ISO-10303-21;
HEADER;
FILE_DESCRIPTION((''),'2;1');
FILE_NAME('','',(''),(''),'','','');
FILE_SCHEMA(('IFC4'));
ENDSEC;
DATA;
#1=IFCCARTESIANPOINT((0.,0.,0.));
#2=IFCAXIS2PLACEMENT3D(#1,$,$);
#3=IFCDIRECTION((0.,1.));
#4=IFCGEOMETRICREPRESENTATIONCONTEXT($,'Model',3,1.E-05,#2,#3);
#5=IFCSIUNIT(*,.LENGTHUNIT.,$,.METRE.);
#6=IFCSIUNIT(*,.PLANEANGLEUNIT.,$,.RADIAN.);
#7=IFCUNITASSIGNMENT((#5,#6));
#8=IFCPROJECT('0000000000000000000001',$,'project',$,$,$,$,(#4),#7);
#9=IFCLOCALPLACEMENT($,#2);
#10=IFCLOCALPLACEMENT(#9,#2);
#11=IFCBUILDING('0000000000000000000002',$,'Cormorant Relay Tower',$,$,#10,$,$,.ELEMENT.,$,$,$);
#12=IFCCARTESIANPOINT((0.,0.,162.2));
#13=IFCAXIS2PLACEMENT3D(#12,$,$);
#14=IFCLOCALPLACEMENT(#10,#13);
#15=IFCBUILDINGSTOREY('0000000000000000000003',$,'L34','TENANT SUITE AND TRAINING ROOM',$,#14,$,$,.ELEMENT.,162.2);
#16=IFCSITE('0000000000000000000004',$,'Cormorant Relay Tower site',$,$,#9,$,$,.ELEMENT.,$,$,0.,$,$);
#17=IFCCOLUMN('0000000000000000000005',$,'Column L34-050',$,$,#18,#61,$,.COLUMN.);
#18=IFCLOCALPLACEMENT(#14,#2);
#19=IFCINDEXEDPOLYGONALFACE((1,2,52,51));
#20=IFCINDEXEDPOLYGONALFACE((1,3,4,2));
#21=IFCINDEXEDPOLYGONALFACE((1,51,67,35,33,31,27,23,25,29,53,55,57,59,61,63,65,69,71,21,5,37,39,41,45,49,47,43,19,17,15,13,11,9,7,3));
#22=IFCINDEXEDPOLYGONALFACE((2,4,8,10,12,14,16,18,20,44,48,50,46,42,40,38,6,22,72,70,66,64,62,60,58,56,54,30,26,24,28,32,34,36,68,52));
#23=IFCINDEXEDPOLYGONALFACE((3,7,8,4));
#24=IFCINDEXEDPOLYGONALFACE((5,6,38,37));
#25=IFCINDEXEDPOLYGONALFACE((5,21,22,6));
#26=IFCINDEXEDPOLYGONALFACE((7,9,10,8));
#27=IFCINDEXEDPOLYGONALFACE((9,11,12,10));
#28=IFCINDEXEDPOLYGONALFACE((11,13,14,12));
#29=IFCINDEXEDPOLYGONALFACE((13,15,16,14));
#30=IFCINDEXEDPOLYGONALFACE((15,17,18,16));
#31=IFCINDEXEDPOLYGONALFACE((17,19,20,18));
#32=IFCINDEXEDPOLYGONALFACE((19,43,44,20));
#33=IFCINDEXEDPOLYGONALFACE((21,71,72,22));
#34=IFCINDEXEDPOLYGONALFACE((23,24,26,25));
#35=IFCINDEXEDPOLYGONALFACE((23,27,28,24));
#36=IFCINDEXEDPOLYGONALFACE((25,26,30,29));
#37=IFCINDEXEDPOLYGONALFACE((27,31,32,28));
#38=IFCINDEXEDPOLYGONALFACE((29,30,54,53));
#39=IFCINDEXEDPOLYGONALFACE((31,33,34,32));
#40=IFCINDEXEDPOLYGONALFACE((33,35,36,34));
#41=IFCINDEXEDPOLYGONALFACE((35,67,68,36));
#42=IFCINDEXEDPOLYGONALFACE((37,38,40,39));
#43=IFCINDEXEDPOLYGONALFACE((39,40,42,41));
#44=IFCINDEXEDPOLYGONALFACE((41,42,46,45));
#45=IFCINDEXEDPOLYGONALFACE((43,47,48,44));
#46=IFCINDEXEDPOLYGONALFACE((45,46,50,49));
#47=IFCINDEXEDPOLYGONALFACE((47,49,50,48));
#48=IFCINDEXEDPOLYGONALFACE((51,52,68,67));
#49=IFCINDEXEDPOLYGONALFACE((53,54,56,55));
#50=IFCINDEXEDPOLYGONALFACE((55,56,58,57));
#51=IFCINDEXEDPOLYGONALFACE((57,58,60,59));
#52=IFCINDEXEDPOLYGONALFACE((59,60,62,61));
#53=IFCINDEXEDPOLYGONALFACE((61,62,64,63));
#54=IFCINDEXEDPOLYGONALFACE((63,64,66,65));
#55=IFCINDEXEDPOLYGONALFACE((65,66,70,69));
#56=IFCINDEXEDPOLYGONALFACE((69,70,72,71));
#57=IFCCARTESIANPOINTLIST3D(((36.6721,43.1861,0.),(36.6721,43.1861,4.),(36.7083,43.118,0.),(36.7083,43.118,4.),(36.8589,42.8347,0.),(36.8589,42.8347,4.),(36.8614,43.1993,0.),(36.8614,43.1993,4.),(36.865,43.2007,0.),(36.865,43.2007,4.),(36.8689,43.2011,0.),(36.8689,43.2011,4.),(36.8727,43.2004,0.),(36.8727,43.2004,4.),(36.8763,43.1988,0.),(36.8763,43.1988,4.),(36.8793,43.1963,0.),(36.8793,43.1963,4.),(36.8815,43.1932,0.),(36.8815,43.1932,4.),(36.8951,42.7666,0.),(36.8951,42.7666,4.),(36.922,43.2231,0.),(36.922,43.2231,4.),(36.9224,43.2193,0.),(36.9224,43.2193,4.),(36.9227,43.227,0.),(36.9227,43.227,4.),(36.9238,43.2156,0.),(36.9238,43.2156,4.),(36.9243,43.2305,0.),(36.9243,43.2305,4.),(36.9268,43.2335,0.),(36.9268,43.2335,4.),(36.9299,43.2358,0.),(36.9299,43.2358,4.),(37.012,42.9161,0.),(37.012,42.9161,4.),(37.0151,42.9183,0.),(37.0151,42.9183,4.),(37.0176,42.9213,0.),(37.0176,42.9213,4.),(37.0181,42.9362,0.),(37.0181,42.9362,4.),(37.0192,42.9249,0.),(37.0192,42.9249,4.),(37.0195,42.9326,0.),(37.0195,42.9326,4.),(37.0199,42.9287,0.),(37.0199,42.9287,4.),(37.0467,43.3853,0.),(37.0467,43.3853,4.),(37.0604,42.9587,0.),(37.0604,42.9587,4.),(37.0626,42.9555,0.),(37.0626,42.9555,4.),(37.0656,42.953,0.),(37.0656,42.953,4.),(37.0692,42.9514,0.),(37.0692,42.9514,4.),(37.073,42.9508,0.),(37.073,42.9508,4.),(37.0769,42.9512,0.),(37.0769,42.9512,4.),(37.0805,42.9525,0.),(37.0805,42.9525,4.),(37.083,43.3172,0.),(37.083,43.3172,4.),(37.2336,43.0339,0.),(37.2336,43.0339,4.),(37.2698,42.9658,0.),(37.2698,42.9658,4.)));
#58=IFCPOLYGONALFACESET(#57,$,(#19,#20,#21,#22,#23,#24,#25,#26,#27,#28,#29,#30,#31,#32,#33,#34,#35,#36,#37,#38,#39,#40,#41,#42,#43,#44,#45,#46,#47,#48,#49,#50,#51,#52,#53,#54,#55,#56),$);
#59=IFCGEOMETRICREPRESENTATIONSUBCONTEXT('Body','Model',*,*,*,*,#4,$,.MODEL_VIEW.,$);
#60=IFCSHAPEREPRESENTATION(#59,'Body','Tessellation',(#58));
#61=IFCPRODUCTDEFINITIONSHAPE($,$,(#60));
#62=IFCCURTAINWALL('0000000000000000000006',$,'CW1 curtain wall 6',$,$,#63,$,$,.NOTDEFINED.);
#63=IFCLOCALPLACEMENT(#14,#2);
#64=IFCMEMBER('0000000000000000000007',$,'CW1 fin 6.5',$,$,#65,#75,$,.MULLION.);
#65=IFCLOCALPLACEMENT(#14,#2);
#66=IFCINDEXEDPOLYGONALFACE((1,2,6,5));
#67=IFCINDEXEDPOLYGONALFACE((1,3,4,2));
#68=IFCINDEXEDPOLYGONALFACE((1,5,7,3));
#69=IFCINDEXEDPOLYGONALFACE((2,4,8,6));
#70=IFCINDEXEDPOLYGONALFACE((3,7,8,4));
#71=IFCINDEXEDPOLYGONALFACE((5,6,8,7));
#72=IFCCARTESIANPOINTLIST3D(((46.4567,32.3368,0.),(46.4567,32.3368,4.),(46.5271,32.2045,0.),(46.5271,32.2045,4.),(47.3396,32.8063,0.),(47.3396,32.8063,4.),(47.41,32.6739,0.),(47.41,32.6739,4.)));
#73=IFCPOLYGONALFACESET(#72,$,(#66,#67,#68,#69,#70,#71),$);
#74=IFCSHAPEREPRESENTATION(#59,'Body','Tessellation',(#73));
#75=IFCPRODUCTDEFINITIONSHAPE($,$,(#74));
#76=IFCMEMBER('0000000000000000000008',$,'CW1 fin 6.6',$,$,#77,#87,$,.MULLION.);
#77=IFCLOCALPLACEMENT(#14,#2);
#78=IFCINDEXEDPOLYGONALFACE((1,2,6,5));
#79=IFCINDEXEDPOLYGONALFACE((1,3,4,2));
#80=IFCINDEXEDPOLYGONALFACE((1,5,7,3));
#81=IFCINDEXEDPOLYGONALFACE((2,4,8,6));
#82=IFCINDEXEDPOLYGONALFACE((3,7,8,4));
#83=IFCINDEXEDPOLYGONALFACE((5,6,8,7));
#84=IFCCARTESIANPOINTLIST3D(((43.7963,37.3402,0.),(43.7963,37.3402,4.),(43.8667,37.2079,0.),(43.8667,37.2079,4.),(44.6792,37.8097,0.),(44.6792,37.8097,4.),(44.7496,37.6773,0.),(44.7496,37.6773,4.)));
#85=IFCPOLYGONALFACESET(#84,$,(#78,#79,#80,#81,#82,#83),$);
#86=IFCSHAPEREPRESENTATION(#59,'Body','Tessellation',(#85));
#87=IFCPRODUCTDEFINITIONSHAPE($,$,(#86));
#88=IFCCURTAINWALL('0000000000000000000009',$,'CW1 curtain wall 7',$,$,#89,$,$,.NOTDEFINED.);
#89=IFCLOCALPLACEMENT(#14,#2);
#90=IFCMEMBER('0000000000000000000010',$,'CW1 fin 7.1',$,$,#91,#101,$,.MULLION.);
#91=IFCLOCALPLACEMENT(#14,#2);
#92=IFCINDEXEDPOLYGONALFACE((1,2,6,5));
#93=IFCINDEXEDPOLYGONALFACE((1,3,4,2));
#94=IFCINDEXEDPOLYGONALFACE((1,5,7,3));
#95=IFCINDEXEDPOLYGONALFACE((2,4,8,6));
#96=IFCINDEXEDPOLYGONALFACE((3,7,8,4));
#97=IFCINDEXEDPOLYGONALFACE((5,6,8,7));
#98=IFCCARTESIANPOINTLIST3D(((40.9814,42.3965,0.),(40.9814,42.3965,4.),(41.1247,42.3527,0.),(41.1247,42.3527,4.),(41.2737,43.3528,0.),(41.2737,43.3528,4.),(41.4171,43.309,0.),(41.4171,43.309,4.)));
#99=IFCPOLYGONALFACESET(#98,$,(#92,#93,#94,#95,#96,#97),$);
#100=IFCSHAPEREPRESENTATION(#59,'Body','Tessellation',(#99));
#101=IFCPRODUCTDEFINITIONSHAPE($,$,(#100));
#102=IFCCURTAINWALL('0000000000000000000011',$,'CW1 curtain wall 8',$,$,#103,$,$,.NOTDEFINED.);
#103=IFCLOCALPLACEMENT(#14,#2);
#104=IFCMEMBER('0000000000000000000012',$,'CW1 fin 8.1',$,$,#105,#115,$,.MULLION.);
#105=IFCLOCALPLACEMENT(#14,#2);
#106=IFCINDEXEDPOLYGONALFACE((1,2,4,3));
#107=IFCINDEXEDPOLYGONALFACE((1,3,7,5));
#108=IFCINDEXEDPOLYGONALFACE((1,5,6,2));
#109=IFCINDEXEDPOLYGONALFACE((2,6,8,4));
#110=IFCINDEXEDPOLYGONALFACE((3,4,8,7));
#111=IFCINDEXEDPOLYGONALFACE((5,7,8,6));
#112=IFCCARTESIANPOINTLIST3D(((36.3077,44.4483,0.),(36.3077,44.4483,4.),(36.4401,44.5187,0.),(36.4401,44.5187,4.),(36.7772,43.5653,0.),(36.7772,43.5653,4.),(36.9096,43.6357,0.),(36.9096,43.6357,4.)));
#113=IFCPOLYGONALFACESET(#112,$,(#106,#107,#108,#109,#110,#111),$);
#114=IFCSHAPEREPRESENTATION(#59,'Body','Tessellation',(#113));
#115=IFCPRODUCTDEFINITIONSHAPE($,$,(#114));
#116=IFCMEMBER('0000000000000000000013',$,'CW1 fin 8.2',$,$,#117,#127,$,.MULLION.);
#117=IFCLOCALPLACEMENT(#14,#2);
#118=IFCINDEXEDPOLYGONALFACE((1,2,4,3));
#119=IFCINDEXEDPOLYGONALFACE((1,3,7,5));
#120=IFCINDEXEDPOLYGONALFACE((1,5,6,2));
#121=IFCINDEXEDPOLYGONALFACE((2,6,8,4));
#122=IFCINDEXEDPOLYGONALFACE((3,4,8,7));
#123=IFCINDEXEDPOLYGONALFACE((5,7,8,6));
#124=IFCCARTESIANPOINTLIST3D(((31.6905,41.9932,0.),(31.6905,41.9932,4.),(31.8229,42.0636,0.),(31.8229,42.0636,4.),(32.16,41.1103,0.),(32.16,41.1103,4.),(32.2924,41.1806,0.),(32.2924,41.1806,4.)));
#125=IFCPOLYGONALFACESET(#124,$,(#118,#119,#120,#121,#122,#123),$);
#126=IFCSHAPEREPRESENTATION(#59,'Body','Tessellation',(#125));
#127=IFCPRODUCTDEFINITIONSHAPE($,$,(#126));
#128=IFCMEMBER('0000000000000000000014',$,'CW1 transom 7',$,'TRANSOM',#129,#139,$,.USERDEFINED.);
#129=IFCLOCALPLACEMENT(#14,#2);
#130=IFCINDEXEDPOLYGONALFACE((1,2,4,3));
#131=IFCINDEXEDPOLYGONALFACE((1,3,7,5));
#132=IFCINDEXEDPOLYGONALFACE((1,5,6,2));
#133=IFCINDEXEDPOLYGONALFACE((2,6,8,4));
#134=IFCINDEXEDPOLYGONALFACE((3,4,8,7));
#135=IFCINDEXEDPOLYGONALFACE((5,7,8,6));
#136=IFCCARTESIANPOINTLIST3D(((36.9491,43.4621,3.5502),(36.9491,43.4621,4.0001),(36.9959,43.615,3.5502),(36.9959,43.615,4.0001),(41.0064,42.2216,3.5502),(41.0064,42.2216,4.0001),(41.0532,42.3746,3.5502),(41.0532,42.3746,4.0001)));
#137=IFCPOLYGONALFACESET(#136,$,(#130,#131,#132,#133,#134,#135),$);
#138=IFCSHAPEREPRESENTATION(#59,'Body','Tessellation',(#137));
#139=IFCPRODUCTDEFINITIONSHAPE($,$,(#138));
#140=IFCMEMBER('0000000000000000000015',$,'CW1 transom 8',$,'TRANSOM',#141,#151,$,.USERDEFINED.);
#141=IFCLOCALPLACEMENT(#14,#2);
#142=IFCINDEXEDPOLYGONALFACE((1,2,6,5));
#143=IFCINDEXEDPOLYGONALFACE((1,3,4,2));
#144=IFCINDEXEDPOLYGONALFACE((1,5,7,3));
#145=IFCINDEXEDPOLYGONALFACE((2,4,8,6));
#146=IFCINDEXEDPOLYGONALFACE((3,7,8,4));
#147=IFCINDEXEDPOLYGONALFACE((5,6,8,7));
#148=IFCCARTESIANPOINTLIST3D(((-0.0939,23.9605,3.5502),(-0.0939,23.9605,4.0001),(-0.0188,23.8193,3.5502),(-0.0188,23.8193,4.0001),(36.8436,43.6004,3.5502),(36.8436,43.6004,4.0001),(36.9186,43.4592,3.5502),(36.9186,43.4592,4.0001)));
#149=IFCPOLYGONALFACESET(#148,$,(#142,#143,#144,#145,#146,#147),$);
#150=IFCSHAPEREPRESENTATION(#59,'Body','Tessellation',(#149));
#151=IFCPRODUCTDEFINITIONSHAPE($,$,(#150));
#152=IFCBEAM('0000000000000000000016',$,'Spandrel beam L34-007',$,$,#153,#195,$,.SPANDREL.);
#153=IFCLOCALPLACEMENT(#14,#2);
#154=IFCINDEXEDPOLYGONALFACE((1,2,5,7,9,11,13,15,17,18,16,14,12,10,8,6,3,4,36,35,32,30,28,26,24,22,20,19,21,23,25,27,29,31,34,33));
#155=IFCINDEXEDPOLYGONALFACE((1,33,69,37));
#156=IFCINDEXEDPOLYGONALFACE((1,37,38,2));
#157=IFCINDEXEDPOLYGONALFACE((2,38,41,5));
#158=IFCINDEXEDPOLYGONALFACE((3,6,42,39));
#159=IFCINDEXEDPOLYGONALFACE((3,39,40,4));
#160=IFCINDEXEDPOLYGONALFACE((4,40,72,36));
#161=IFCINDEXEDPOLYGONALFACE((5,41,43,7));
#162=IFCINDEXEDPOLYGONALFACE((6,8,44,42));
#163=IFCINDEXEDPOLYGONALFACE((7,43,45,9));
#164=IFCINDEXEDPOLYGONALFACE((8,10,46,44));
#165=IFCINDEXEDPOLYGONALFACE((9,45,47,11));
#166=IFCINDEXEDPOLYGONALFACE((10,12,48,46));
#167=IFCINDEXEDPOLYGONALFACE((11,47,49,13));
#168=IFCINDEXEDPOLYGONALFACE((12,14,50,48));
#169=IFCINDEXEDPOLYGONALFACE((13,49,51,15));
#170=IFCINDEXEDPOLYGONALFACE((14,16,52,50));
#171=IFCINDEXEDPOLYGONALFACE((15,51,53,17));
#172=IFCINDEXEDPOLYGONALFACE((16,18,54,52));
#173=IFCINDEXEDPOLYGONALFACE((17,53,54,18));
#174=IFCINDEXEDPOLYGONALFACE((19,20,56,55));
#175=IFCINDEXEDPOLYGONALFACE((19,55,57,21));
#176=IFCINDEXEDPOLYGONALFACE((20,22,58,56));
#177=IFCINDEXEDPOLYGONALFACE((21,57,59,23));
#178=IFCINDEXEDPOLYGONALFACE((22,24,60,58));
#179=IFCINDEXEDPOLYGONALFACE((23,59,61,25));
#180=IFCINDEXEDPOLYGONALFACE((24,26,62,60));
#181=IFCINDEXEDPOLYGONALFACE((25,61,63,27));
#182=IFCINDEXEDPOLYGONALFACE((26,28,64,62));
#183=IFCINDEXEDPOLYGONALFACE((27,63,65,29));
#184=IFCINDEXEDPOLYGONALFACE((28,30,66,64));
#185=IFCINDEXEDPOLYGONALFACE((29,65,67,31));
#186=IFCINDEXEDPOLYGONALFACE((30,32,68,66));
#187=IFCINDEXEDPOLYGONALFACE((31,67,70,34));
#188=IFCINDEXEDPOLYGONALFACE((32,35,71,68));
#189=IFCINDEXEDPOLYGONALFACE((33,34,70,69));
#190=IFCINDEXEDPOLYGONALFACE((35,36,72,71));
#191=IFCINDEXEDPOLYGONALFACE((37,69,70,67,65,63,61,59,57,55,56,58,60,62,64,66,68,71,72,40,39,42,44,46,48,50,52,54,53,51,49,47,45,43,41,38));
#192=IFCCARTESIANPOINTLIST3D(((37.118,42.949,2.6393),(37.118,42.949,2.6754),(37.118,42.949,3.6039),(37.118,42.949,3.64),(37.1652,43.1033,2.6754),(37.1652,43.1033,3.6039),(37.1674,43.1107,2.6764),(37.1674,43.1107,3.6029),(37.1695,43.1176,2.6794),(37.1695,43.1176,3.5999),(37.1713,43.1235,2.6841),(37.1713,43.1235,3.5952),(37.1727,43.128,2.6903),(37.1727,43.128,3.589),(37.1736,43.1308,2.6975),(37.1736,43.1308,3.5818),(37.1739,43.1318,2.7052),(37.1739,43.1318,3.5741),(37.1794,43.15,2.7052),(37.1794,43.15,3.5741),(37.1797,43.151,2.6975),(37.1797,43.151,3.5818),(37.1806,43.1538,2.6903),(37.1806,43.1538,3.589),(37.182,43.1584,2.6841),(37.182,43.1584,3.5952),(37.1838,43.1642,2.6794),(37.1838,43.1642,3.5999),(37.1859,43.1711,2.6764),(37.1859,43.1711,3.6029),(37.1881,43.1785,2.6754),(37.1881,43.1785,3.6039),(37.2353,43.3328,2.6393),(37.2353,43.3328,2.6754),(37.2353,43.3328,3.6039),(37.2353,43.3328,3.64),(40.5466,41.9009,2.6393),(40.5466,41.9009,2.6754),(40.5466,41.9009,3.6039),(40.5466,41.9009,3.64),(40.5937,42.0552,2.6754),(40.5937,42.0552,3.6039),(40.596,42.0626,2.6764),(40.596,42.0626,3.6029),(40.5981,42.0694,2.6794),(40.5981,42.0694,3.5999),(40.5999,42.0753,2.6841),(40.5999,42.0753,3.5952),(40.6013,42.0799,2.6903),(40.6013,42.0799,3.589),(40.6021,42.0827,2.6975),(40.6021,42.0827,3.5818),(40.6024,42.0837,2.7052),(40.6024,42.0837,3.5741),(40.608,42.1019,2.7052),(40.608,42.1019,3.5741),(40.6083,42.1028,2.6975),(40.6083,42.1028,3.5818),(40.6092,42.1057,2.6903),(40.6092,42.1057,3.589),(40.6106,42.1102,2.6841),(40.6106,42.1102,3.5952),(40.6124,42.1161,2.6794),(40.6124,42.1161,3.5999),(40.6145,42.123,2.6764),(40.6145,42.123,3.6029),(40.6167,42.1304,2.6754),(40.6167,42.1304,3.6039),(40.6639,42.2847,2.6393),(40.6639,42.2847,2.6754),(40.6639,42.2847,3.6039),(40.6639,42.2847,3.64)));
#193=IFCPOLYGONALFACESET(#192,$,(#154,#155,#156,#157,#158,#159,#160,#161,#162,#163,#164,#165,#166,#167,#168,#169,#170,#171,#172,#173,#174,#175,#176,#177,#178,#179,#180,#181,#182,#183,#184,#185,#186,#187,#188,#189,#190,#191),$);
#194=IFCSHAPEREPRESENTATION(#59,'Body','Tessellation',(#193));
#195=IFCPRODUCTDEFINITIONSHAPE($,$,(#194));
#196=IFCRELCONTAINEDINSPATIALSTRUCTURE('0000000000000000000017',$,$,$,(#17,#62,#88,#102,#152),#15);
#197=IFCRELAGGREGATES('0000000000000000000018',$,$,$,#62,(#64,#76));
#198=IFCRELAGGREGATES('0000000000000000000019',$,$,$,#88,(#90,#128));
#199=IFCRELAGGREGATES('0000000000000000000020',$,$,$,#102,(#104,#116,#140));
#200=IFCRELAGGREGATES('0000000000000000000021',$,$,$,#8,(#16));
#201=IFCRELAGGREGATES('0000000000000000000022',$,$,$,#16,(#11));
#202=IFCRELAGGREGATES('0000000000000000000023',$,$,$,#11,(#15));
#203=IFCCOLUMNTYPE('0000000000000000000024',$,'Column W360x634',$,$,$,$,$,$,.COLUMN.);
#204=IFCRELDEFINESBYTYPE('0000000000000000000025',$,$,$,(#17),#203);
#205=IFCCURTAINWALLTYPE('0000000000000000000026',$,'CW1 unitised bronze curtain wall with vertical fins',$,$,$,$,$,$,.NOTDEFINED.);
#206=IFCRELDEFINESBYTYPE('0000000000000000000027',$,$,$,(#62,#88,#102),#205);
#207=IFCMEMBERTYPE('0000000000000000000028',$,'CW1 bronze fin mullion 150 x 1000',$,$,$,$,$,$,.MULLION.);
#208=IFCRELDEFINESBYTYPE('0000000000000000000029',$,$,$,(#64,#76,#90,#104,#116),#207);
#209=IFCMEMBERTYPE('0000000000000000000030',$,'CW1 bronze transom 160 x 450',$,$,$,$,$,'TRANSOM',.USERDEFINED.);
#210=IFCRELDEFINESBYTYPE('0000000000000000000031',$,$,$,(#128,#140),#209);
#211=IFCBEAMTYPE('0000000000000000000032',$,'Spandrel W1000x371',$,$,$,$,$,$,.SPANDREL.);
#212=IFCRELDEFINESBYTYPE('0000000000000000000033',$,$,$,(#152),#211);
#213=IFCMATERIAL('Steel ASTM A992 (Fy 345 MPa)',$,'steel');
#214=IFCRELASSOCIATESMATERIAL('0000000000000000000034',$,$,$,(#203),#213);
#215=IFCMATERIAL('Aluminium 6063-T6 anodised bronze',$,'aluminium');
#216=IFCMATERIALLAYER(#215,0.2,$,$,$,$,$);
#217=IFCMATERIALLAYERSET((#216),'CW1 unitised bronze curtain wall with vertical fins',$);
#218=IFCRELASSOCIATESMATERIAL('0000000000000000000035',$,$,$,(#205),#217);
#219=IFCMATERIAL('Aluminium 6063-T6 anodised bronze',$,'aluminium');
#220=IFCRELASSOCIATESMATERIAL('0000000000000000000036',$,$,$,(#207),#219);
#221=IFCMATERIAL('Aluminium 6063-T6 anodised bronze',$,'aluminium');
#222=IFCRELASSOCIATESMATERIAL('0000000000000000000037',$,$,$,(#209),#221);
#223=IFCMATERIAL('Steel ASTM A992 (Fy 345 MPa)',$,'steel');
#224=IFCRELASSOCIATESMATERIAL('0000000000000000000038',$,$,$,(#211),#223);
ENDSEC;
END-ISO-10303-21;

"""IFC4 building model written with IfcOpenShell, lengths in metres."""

from ifc_helpers import new_model, si_unit, direction, frame, origin, origin_2d, place, context, subcontext, project, spatial, rectangle, i_section, extrude, material, layer, layer_set, material_profile, profile_set, type_object, element, aggregate, save


model = new_model("IFC4")

# Units and contexts
model_context = context("Model", 3, precision=1e-05, world=origin(), true_north=direction((0.0, 1.0)))
body_context = subcontext(model_context, "Body", "Model", "MODEL_VIEW")
ifc_project = project(units=[si_unit("LENGTHUNIT", "METRE"), si_unit("PLANEANGLEUNIT", "RADIAN")], contexts=[model_context])

# Site, building, storey
site_placement = place(None, origin())
site = spatial("IfcSite", under=ifc_project, at=site_placement, Name="Cormorant Relay Tower site", CompositionType="ELEMENT", RefElevation=0.0)
building_placement = place(site_placement, origin())
building = spatial("IfcBuilding", under=site, at=building_placement, Name="Cormorant Relay Tower", CompositionType="ELEMENT")
storey_placement = place(building_placement, frame((0.0, 0.0, 162.2)))
storey = spatial("IfcBuildingStorey", under=building, at=storey_placement, Name="L34", Description="TENANT SUITE AND TRAINING ROOM", CompositionType="ELEMENT", Elevation=162.2)

# Column
ifc_material_1 = material(Name="Steel ASTM A992 (Fy 345 MPa)", Category="steel")
ifc_material_profile_1 = material_profile(ifc_material_1, i_section(OverallWidth=0.4243, OverallDepth=0.4751, WebThickness=0.0479, FlangeThickness=0.0771, FilletRadius=0.0149, at=origin_2d()), Name="W360x634")
ifc_profile_set_1 = profile_set([ifc_material_profile_1], Name="Steel ASTM A992 (Fy 345 MPa)")
column_type_1 = type_object("IfcColumnType", Name="Column W360x634", PredefinedType="COLUMN", material=ifc_profile_set_1)
for number, where, z_axis, x_axis, name in (
    (1, (36.9709, 43.0759, 0.0), (0.0, 0.0, 1.0), (-0.882948, -0.469472, 0.0), "Column L34-050"),
):
    element("IfcColumn", number, at=place(storey_placement, frame(where, z_axis=z_axis, x_axis=x_axis)), inside=storey, type_object=column_type_1, Name=name, PredefinedType="COLUMN", context=body_context, shape_type="SweptSolid", body=[
        extrude(i_section(OverallWidth=0.4243, OverallDepth=0.4751, WebThickness=0.0479, FlangeThickness=0.0771, FilletRadius=0.0149, at=origin_2d()), origin(), (0.0, 0.0, 1.0), 4.0),
    ])

# Curtain wall, members
ifc_material_2 = material(Name="Aluminium 6063-T6 anodised bronze", Category="aluminium")
ifc_layer_1 = layer(ifc_material_2, 0.2)
ifc_layer_set_1 = layer_set([ifc_layer_1], Name="CW1 unitised bronze curtain wall with vertical fins")
curtain_wall_type = type_object("IfcCurtainWallType", Name="CW1 unitised bronze curtain wall with vertical fins", PredefinedType="NOTDEFINED", material=ifc_layer_set_1)
curtain_wall_1_placement = place(storey_placement, origin())
curtain_wall_1 = element("IfcCurtainWall", 2, at=curtain_wall_1_placement, inside=storey, type_object=curtain_wall_type, Name="CW1 curtain wall 6", PredefinedType="NOTDEFINED")
ifc_material_3 = material(Name="Aluminium 6063-T6 anodised bronze", Category="aluminium")
ifc_material_profile_2 = material_profile(ifc_material_3, rectangle(XDim=0.1499, YDim=1.0, at=origin_2d()), Name="AL 150x1000")
ifc_profile_set_2 = profile_set([ifc_material_profile_2], Name="Aluminium 6063-T6 anodised bronze")
member_type_1 = type_object("IfcMemberType", Name="CW1 bronze fin mullion 150 x 1000", PredefinedType="MULLION", material=ifc_profile_set_2)
member_1_placement = place(storey_placement, frame((46.9333, 32.5054, 0.0), z_axis=(0.0, 0.0, 1.0), x_axis=(-0.469472, 0.882948, 0.0)))
member_1 = element("IfcMember", 3, at=member_1_placement, type_object=member_type_1, Name="CW1 fin 6.5", PredefinedType="MULLION", context=body_context, shape_type="SweptSolid", body=[
    extrude(rectangle(XDim=0.1499, YDim=1.0, at=origin_2d()), origin(), (0.0, 0.0, 1.0), 4.0),
])
member_2_placement = place(storey_placement, frame((44.2729, 37.5088, 0.0), z_axis=(0.0, 0.0, 1.0), x_axis=(-0.469472, 0.882948, 0.0)))
member_2 = element("IfcMember", 4, at=member_2_placement, type_object=member_type_1, Name="CW1 fin 6.6", PredefinedType="MULLION", context=body_context, shape_type="SweptSolid", body=[
    extrude(rectangle(XDim=0.1499, YDim=1.0, at=origin_2d()), origin(), (0.0, 0.0, 1.0), 4.0),
])

# Curtain wall, member
curtain_wall_2_placement = place(storey_placement, origin())
curtain_wall_2 = element("IfcCurtainWall", 5, at=curtain_wall_2_placement, inside=storey, type_object=curtain_wall_type, Name="CW1 curtain wall 7", PredefinedType="NOTDEFINED")
member_3_placement = place(storey_placement, frame((41.1992, 42.8528, 0.0), z_axis=(0.0, 0.0, 1.0), x_axis=(-0.956305, 0.292372, 0.0)))
member_3 = element("IfcMember", 6, at=member_3_placement, type_object=member_type_1, Name="CW1 fin 7.1", PredefinedType="MULLION", context=body_context, shape_type="SweptSolid", body=[
    extrude(rectangle(XDim=0.1499, YDim=1.0, at=origin_2d()), origin(), (0.0, 0.0, 1.0), 4.0),
])

# Curtain wall, members
curtain_wall_3_placement = place(storey_placement, origin())
curtain_wall_3 = element("IfcCurtainWall", 7, at=curtain_wall_3_placement, inside=storey, type_object=curtain_wall_type, Name="CW1 curtain wall 8", PredefinedType="NOTDEFINED")
member_4_placement = place(storey_placement, frame((36.6086, 44.042, 0.0), z_axis=(0.0, 0.0, 1.0), x_axis=(-0.882948, -0.469472, 0.0)))
member_4 = element("IfcMember", 8, at=member_4_placement, type_object=member_type_1, Name="CW1 fin 8.1", PredefinedType="MULLION", context=body_context, shape_type="SweptSolid", body=[
    extrude(rectangle(XDim=0.1499, YDim=1.0, at=origin_2d()), origin(), (0.0, 0.0, 1.0), 4.0),
])
member_5_placement = place(storey_placement, frame((31.9915, 41.5869, 0.0), z_axis=(0.0, 0.0, 1.0), x_axis=(-0.882948, -0.469472, 0.0)))
member_5 = element("IfcMember", 9, at=member_5_placement, type_object=member_type_1, Name="CW1 fin 8.2", PredefinedType="MULLION", context=body_context, shape_type="SweptSolid", body=[
    extrude(rectangle(XDim=0.1499, YDim=1.0, at=origin_2d()), origin(), (0.0, 0.0, 1.0), 4.0),
])

# Members
ifc_material_4 = material(Name="Aluminium 6063-T6 anodised bronze", Category="aluminium")
ifc_material_profile_3 = material_profile(ifc_material_4, rectangle(XDim=0.1599, YDim=0.45, at=origin_2d()), Name="AL 160x450")
ifc_profile_set_3 = profile_set([ifc_material_profile_3], Name="Aluminium 6063-T6 anodised bronze")
member_type_2 = type_object("IfcMemberType", Name="CW1 bronze transom 160 x 450", ElementType="TRANSOM", PredefinedType="USERDEFINED", material=ifc_profile_set_3)
member_6_placement = place(storey_placement, frame((41.0298, 42.2981, 3.7751), z_axis=(-0.956304, 0.292375, 0.0), x_axis=(-0.292375, -0.956304, 0.0)))
member_6 = element("IfcMember", 10, at=member_6_placement, type_object=member_type_2, Name="CW1 transom 7", ObjectType="TRANSOM", PredefinedType="USERDEFINED", context=body_context, shape_type="SweptSolid", body=[
    extrude(rectangle(XDim=0.1599, YDim=0.45, at=origin_2d()), origin(), (0.0, 0.0, 1.0), 4.2427),
])
member_7_placement = place(storey_placement, frame((36.8811, 43.5298, 3.7751), z_axis=(-0.882949, -0.469469, 0.0), x_axis=(0.469469, -0.882949, 0.0)))
member_7 = element("IfcMember", 11, at=member_7_placement, type_object=member_type_2, Name="CW1 transom 8", ObjectType="TRANSOM", PredefinedType="USERDEFINED", context=body_context, shape_type="SweptSolid", body=[
    extrude(rectangle(XDim=0.1599, YDim=0.45, at=origin_2d()), origin(), (0.0, 0.0, 1.0), 41.8342),
])

# Beam
ifc_material_5 = material(Name="Steel ASTM A992 (Fy 345 MPa)", Category="steel")
ifc_material_profile_4 = material_profile(ifc_material_5, i_section(OverallWidth=0.4014, OverallDepth=1.0007, WebThickness=0.019, FlangeThickness=0.0361, FilletRadius=0.0298, at=origin_2d()), Name="W1000x371")
ifc_profile_set_4 = profile_set([ifc_material_profile_4], Name="Steel ASTM A992 (Fy 345 MPa)")
beam_type = type_object("IfcBeamType", Name="Spandrel W1000x371", PredefinedType="SPANDREL", material=ifc_profile_set_4)
beam_1_placement = place(storey_placement, frame((40.6052, 42.0928, 3.1396), z_axis=(-0.956312, 0.292348, 0.0), x_axis=(-0.292348, -0.956312, 0.0)))
element("IfcBeam", 12, at=beam_1_placement, inside=storey, type_object=beam_type, Name="Spandrel beam L34-007", PredefinedType="SPANDREL", context=body_context, shape_type="SweptSolid", body=[
    extrude(i_section(OverallWidth=0.4014, OverallDepth=1.0007, WebThickness=0.019, FlangeThickness=0.0361, FilletRadius=0.0298, at=origin_2d()), origin(), (0.0, 0.0, 1.0), 3.5852),
])

aggregate(curtain_wall_1, [member_1, member_2])
aggregate(curtain_wall_2, [member_3, member_6])
aggregate(curtain_wall_3, [member_4, member_5, member_7])

save(model, "model.ifc")
